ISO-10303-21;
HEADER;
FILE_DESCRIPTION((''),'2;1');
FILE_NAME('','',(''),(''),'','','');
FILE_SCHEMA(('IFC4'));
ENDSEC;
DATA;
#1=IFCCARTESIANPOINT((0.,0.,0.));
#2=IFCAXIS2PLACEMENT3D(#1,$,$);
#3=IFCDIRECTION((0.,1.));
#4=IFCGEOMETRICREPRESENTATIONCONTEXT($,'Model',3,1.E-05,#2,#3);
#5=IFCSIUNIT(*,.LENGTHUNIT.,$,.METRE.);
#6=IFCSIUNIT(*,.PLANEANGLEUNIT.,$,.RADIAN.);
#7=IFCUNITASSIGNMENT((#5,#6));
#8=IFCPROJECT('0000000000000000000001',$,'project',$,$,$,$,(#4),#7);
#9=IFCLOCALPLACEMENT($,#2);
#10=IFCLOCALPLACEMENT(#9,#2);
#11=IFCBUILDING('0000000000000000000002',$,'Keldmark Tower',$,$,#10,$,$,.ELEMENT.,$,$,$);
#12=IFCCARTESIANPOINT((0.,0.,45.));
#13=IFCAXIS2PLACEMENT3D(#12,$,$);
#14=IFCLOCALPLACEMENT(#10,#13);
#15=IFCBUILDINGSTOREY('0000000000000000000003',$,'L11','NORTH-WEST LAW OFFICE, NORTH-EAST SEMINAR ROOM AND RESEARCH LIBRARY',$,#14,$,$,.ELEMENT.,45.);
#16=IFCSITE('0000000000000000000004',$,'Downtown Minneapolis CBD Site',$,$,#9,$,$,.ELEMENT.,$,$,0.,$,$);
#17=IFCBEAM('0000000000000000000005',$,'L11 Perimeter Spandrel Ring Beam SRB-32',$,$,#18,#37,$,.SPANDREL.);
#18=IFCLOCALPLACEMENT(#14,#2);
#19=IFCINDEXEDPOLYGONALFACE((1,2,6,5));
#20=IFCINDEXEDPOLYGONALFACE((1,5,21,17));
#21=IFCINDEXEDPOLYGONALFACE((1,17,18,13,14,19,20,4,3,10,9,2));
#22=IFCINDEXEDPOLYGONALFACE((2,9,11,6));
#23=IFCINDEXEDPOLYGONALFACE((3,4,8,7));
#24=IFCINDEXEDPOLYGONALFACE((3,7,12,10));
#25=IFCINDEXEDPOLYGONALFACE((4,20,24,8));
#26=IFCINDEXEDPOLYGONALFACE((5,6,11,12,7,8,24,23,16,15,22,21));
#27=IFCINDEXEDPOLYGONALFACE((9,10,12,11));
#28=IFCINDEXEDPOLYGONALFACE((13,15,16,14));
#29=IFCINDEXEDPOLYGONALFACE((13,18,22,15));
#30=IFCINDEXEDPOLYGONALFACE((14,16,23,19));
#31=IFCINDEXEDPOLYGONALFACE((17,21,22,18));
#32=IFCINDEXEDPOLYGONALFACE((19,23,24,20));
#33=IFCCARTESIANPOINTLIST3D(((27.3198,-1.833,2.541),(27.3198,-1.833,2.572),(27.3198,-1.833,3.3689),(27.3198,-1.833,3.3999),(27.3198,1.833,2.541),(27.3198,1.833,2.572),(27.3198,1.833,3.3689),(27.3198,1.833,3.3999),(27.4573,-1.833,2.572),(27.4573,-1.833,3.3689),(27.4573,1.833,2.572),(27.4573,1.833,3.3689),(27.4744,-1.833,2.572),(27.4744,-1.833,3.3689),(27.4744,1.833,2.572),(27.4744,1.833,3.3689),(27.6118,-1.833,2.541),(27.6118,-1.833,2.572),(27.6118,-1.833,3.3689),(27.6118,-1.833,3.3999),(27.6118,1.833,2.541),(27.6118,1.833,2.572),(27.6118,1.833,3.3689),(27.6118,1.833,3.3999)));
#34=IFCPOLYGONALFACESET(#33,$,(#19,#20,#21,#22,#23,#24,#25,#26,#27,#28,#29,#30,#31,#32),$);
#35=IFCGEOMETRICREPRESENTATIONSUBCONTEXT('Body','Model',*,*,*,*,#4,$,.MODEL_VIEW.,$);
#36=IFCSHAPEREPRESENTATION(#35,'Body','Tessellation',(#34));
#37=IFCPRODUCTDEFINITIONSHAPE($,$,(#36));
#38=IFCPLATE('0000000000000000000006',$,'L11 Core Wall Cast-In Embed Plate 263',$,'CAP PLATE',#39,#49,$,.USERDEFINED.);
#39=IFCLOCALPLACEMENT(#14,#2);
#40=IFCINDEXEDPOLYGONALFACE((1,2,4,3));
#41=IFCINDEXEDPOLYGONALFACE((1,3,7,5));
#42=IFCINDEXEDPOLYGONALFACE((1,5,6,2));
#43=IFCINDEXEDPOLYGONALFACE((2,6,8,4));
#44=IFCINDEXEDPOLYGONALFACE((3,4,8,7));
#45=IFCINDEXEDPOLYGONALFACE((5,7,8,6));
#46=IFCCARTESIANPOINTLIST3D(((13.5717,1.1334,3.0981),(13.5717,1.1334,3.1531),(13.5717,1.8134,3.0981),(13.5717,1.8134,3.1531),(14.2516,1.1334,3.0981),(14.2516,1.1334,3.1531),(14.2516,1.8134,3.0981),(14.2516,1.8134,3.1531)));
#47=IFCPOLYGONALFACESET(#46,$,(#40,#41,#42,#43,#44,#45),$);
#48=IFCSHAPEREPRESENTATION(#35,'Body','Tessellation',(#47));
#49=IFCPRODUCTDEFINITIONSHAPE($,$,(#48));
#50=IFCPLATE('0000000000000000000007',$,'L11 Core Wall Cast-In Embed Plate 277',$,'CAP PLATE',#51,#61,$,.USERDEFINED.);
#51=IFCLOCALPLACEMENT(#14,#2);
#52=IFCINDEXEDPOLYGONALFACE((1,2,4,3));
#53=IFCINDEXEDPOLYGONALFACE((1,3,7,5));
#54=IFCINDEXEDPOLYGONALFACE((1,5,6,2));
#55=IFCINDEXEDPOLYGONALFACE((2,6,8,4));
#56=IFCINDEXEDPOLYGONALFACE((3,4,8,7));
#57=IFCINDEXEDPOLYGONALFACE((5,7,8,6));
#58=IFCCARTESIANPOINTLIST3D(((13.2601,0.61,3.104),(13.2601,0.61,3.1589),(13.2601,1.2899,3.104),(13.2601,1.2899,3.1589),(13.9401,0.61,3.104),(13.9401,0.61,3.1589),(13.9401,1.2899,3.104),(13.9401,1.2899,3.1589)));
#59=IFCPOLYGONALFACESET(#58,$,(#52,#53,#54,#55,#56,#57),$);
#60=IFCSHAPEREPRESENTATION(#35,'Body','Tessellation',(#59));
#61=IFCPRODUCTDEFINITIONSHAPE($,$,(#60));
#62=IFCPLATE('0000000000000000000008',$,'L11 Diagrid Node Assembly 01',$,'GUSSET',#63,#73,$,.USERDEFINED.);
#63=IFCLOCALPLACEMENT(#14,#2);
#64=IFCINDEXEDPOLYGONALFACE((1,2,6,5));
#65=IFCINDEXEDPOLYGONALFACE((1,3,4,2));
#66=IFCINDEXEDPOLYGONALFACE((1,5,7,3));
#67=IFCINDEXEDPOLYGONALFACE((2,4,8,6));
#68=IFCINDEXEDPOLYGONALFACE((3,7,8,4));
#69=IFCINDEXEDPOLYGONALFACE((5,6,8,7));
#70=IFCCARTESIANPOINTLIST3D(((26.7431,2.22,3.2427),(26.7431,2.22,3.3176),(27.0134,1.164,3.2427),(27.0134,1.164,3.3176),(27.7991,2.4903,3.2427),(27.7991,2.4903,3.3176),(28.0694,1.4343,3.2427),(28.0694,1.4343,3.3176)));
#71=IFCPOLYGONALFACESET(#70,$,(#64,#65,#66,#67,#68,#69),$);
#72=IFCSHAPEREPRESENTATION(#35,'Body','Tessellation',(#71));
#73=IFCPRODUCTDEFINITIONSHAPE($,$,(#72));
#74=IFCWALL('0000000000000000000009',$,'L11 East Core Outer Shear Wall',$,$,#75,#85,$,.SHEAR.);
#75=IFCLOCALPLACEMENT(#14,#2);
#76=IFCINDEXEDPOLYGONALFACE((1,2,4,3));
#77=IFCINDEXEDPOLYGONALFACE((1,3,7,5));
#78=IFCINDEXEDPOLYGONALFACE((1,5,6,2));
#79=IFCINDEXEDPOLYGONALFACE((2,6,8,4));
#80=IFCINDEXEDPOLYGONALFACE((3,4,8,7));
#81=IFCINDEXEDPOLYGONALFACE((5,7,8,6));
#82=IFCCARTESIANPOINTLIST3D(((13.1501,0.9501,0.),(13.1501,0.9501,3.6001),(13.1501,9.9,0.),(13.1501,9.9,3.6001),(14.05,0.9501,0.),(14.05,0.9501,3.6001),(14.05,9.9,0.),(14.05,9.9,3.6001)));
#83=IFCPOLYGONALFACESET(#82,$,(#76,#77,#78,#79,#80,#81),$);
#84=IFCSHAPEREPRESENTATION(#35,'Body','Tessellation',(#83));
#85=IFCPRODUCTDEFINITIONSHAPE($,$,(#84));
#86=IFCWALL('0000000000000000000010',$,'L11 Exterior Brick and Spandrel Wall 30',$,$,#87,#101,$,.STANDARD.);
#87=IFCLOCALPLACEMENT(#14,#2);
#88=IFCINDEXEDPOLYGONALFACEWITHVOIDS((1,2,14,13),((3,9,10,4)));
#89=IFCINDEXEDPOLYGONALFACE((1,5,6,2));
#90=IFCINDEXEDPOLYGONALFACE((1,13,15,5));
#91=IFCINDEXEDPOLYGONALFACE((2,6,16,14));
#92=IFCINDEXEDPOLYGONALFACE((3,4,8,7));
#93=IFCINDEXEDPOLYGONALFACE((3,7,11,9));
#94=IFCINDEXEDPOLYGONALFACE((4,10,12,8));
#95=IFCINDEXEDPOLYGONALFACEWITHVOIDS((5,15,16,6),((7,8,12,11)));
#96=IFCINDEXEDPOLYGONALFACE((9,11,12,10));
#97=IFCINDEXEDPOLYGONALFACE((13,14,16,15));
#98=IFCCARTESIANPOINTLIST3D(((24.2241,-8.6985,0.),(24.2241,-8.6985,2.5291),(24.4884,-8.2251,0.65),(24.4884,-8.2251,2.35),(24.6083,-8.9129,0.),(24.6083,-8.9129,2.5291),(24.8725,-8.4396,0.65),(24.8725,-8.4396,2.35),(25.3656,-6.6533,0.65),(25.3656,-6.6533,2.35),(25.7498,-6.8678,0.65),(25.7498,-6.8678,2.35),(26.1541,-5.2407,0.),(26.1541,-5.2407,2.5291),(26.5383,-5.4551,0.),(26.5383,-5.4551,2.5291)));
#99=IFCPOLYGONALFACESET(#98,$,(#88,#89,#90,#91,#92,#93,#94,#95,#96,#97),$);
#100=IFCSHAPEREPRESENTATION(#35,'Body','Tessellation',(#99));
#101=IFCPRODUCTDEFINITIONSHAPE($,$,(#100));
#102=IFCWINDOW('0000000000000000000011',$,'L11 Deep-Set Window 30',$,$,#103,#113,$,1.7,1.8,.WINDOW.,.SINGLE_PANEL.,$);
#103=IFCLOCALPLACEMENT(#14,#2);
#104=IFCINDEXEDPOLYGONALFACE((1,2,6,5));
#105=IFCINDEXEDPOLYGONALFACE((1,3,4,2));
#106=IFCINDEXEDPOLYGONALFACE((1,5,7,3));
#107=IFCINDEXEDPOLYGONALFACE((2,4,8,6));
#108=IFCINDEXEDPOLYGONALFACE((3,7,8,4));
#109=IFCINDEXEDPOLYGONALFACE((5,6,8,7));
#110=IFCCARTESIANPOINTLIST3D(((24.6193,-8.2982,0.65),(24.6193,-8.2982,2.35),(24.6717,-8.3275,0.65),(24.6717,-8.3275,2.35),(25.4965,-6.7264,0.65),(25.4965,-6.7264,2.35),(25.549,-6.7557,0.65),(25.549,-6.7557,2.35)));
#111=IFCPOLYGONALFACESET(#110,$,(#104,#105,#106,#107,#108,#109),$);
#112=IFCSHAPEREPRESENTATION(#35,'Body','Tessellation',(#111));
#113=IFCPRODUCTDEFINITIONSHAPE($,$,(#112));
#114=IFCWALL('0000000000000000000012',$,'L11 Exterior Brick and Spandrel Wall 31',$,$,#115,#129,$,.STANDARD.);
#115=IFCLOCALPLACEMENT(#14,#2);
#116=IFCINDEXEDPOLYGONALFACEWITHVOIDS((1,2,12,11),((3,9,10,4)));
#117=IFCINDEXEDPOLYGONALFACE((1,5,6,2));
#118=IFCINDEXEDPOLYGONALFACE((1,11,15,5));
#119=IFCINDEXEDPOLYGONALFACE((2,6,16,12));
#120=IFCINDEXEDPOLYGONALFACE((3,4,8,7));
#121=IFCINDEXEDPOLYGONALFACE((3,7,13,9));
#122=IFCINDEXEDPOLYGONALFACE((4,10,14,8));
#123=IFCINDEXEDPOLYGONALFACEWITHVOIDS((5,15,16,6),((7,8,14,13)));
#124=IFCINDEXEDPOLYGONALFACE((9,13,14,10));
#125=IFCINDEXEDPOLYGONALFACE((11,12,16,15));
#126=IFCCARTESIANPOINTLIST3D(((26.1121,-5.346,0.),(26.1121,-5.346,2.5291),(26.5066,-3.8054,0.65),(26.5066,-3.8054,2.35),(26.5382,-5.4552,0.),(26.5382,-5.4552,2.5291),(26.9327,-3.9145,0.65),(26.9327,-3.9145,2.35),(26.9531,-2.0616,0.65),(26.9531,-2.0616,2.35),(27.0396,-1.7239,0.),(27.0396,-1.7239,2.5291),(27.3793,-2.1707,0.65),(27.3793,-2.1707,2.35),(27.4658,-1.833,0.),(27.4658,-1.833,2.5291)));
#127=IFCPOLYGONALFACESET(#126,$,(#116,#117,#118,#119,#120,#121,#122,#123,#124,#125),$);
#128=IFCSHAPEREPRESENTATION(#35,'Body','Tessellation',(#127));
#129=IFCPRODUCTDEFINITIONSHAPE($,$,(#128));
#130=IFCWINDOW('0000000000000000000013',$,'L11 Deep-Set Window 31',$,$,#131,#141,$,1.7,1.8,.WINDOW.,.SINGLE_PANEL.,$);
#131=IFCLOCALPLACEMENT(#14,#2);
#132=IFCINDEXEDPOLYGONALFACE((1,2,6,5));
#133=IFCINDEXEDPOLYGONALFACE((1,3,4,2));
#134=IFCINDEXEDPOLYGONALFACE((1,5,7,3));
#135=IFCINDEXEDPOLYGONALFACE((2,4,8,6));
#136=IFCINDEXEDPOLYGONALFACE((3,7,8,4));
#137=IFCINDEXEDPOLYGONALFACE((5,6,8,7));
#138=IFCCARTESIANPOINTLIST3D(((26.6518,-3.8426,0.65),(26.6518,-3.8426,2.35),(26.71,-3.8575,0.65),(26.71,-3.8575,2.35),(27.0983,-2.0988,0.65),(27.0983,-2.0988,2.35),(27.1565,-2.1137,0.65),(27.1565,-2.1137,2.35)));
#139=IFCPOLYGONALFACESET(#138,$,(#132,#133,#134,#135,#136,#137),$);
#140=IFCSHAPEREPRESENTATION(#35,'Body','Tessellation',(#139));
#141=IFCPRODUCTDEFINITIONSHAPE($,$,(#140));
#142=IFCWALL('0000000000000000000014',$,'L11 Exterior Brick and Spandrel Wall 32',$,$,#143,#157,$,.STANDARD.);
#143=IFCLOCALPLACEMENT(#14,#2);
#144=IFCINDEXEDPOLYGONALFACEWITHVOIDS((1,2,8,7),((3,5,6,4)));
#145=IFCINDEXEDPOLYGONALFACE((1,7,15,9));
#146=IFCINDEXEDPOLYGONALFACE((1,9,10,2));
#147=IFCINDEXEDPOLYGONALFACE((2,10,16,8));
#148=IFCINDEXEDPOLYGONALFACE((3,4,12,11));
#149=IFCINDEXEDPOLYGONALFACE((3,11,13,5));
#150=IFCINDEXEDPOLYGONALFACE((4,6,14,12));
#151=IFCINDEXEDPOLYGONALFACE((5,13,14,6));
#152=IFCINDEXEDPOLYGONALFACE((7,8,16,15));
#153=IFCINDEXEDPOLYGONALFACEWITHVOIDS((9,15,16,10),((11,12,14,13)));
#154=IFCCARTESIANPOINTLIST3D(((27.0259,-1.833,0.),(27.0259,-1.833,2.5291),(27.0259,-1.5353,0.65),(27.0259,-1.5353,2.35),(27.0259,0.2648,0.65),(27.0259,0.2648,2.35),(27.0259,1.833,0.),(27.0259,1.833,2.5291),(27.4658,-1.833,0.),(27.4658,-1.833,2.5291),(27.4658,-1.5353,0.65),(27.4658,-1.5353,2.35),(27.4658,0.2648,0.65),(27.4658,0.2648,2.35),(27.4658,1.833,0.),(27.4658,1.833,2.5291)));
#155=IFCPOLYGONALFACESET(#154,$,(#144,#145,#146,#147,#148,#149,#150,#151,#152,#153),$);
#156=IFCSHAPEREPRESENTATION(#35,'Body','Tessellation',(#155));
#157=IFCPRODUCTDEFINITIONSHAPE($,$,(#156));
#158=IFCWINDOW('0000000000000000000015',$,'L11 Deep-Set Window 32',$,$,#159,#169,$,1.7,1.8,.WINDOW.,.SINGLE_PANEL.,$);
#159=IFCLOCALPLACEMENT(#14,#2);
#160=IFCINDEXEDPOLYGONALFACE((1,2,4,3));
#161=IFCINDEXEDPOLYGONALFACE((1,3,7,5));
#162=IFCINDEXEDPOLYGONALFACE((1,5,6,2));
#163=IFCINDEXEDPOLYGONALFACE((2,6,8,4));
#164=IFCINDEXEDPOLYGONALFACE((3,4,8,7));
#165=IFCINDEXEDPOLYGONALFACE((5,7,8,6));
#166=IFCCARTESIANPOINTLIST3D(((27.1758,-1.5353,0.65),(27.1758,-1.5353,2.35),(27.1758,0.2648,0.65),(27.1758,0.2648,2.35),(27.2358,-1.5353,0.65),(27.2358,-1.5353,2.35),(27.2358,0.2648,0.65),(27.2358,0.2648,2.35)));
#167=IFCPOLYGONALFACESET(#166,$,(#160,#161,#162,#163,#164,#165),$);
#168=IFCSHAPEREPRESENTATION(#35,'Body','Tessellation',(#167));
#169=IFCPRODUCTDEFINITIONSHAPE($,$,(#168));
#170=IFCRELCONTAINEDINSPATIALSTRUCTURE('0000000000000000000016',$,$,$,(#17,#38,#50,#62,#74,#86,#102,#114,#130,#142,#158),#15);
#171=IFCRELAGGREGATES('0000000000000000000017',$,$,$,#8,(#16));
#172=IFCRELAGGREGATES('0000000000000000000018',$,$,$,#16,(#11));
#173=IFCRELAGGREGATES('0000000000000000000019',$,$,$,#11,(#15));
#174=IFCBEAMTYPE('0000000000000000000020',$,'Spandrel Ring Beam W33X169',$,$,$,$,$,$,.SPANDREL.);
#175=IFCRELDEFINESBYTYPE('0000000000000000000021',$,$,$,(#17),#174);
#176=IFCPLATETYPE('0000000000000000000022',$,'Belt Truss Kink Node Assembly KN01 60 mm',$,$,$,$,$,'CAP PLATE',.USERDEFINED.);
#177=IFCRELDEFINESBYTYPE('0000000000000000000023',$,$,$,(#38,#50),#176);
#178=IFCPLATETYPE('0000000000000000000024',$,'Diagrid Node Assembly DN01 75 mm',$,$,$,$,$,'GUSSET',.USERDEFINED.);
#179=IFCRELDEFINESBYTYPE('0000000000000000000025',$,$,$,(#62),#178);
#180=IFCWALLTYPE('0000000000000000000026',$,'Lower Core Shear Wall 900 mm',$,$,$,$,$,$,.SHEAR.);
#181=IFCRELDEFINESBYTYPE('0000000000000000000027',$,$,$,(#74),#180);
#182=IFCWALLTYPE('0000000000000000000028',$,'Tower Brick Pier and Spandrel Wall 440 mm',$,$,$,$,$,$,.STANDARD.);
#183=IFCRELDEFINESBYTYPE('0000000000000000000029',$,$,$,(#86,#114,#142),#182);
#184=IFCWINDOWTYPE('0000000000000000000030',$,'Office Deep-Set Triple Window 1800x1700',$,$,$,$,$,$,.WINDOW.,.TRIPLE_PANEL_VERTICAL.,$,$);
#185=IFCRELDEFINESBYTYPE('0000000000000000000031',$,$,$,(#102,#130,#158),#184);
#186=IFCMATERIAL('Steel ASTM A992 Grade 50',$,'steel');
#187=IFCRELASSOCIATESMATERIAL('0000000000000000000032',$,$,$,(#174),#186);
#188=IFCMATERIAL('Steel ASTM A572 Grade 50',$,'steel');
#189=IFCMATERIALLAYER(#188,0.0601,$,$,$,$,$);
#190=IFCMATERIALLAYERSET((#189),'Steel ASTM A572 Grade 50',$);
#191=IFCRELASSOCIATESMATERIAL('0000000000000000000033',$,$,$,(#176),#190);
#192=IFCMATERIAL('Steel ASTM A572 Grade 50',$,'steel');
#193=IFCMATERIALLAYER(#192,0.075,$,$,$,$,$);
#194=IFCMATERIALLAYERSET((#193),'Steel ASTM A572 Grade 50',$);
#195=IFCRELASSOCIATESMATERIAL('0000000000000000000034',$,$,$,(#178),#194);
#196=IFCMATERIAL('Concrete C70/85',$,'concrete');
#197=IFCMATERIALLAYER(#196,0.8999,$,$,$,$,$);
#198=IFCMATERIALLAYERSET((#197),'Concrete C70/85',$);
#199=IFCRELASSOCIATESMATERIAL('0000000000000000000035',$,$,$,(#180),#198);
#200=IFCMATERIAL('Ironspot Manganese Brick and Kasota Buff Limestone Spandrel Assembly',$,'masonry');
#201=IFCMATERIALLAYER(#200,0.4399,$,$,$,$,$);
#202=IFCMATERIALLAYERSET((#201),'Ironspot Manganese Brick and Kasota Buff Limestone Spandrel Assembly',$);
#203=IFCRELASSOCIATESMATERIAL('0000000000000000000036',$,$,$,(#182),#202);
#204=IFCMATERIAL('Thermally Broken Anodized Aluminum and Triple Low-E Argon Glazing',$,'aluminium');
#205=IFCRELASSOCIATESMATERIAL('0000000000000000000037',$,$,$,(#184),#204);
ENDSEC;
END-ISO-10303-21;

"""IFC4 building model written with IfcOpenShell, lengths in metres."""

from ifc_helpers import new_model, si_unit, direction, frame, frame_2d, origin, origin_2d, place, context, subcontext, project, spatial, rectangle, i_section, extrude, material, layer, layer_set, material_profile, profile_set, type_object, element, fill, save


model = new_model("IFC4")

# Units and contexts
model_context = context("Model", 3, precision=1e-05, world=origin(), true_north=direction((0.0, 1.0)))
body_context = subcontext(model_context, "Body", "Model", "MODEL_VIEW")
ifc_project = project(units=[si_unit("LENGTHUNIT", "METRE"), si_unit("PLANEANGLEUNIT", "RADIAN")], contexts=[model_context])

# Site, building, storey
site_placement = place(None, origin())
site = spatial("IfcSite", under=ifc_project, at=site_placement, Name="Downtown Minneapolis CBD Site", CompositionType="ELEMENT", RefElevation=0.0)
building_placement = place(site_placement, origin())
building = spatial("IfcBuilding", under=site, at=building_placement, Name="Keldmark Tower", CompositionType="ELEMENT")
storey_placement = place(building_placement, frame((0.0, 0.0, 45.0)))
storey = spatial("IfcBuildingStorey", under=building, at=storey_placement, Name="L11", Description="NORTH-WEST LAW OFFICE, NORTH-EAST SEMINAR ROOM AND RESEARCH LIBRARY", CompositionType="ELEMENT", Elevation=45.0)

# Beam
ifc_material_1 = material(Name="Steel ASTM A992 Grade 50", Category="steel")
ifc_material_profile_1 = material_profile(ifc_material_1, i_section(OverallWidth=0.292, OverallDepth=0.8589, WebThickness=0.0171, FlangeThickness=0.031, at=origin_2d()), Name="W33X169")
ifc_profile_set_1 = profile_set([ifc_material_profile_1], Name="Steel ASTM A992 Grade 50")
beam_type_1 = type_object("IfcBeamType", Name="Spandrel Ring Beam W33X169", PredefinedType="SPANDREL", material=ifc_profile_set_1)
beam_1_placement = place(storey_placement, frame((27.4658, -1.833, 2.9705), z_axis=(0.0, 1.0, 0.0), x_axis=(-1.0, 0.0, 0.0)))
element("IfcBeam", 1, at=beam_1_placement, inside=storey, type_object=beam_type_1, Name="L11 Perimeter Spandrel Ring Beam SRB-32", PredefinedType="SPANDREL", context=body_context, shape_type="SweptSolid", body=[
    extrude(i_section(OverallWidth=0.292, OverallDepth=0.8589, WebThickness=0.0171, FlangeThickness=0.031, at=origin_2d()), origin(), (0.0, 0.0, 1.0), 3.666),
])

# Plates
ifc_material_2 = material(Name="Steel ASTM A572 Grade 50", Category="steel")
ifc_layer_1 = layer(ifc_material_2, 0.0601)
ifc_layer_set_1 = layer_set([ifc_layer_1], Name="Steel ASTM A572 Grade 50")
plate_type_1 = type_object("IfcPlateType", Name="Belt Truss Kink Node Assembly KN01 60 mm", ElementType="CAP PLATE", PredefinedType="USERDEFINED", material=ifc_layer_set_1)
for number, where, z_axis, x_axis, name in (
    (2, (13.9116, 1.4734, 3.0981), (0.0, 0.0, 1.0), (1.0, 0.0, 0.0), "L11 Core Wall Cast-In Embed Plate 263"),
    (3, (13.6001, 0.95, 3.104), (0.0, 0.0, 1.0), (1.0, 0.0, 0.0), "L11 Core Wall Cast-In Embed Plate 277"),
):
    element("IfcPlate", number, at=place(storey_placement, frame(where, z_axis=z_axis, x_axis=x_axis)), inside=storey, type_object=plate_type_1, Name=name, ObjectType="CAP PLATE", PredefinedType="USERDEFINED", context=body_context, shape_type="SweptSolid", body=[
        extrude(rectangle(XDim=0.6799, YDim=0.6799, at=origin_2d()), origin(), (0.0, 0.0, 1.0), 0.0549),
    ])
ifc_material_3 = material(Name="Steel ASTM A572 Grade 50", Category="steel")
ifc_layer_2 = layer(ifc_material_3, 0.075)
ifc_layer_set_2 = layer_set([ifc_layer_2], Name="Steel ASTM A572 Grade 50")
plate_type_2 = type_object("IfcPlateType", Name="Diagrid Node Assembly DN01 75 mm", ElementType="GUSSET", PredefinedType="USERDEFINED", material=ifc_layer_set_2)
plate_placement = place(storey_placement, frame((27.4062, 1.8271, 3.2427), z_axis=(0.0, 0.0, 1.0), x_axis=(-0.248014, 0.968757, 0.0)))
element("IfcPlate", 4, at=plate_placement, inside=storey, type_object=plate_type_2, Name="L11 Diagrid Node Assembly 01", ObjectType="GUSSET", PredefinedType="USERDEFINED", context=body_context, shape_type="SweptSolid", body=[
    extrude(rectangle(XDim=1.0901, YDim=1.0901, at=origin_2d()), origin(), (0.0, 0.0, 1.0), 0.075),
])

# Wall
ifc_material_4 = material(Name="Concrete C70/85", Category="concrete")
ifc_layer_3 = layer(ifc_material_4, 0.8999)
ifc_layer_set_3 = layer_set([ifc_layer_3], Name="Concrete C70/85")
wall_type_1 = type_object("IfcWallType", Name="Lower Core Shear Wall 900 mm", PredefinedType="SHEAR", material=ifc_layer_set_3)
wall_1_placement = place(storey_placement, frame((13.6001, 0.95, 0.0), z_axis=(0.0, 0.0, 1.0), x_axis=(0.0, 1.0, 0.0)))
element("IfcWall", 5, at=wall_1_placement, inside=storey, type_object=wall_type_1, Name="L11 East Core Outer Shear Wall", PredefinedType="SHEAR", context=body_context, shape_type="SweptSolid", body=[
    extrude(rectangle(XDim=8.95, YDim=0.8999, at=frame_2d((4.4751, 0.0))), origin(), (0.0, 0.0, 1.0), 3.6001),
])

# Walls, openings, windows
ifc_material_5 = material(Name="Ironspot Manganese Brick and Kasota Buff Limestone Spandrel Assembly", Category="masonry")
ifc_layer_4 = layer(ifc_material_5, 0.4399)
ifc_layer_set_4 = layer_set([ifc_layer_4], Name="Ironspot Manganese Brick and Kasota Buff Limestone Spandrel Assembly")
wall_type_2 = type_object("IfcWallType", Name="Tower Brick Pier and Spandrel Wall 440 mm", PredefinedType="STANDARD", material=ifc_layer_set_4)
wall_2_placement = place(storey_placement, frame((26.3462, -5.3479, 0.0), z_axis=(0.0, 0.0, 1.0), x_axis=(-0.487369, -0.873196, 0.0)))
wall_2 = element("IfcWall", 6, at=wall_2_placement, inside=storey, type_object=wall_type_2, Name="L11 Exterior Brick and Spandrel Wall 30", PredefinedType="STANDARD", context=body_context, shape_type="SweptSolid", body=[
    extrude(rectangle(XDim=3.96, YDim=0.4399, at=frame_2d((1.98, 0.0))), origin(), (0.0, 0.0, 1.0), 2.5291),
])
opening_1_placement = place(wall_2_placement, frame((1.6179, 0.0, 0.6499)))
opening_1 = element("IfcOpeningElement", 7, at=opening_1_placement, cuts=wall_2, PredefinedType="OPENING", context=body_context, shape_type="SweptSolid", body=[
    extrude(rectangle(XDim=1.8, YDim=1.7, at=frame_2d((0.8999, 0.8501))), frame((0.0, 0.23, 0.0), z_axis=(0.0, -1.0, 0.0), x_axis=(1.0, 0.0, 0.0)), (0.0, 0.0, 1.0), 0.46),
])
ifc_material_6 = material(Name="Thermally Broken Anodized Aluminum and Triple Low-E Argon Glazing", Category="aluminium")
window_type = type_object("IfcWindowType", Name="Office Deep-Set Triple Window 1800x1700", PartitioningType="TRIPLE_PANEL_VERTICAL", PredefinedType="WINDOW", material=ifc_material_6)
window_1_placement = place(opening_1_placement, origin())
window_1 = element("IfcWindow", 8, at=window_1_placement, inside=storey, type_object=window_type, Name="L11 Deep-Set Window 30", OverallHeight=1.7, OverallWidth=1.8, PartitioningType="SINGLE_PANEL", PredefinedType="WINDOW", context=body_context, shape_type="SweptSolid", body=[
    extrude(rectangle(XDim=1.8, YDim=1.7, at=frame_2d((0.8999, 0.8501))), frame((0.0, -0.01, 0.0), z_axis=(0.0, -1.0, 0.0), x_axis=(1.0, 0.0, 0.0)), (0.0, 0.0, 1.0), 0.0601),
])
fill(opening_1, window_1)
wall_3_placement = place(storey_placement, frame((27.2527, -1.7783, 0.0), z_axis=(0.0, 0.0, 1.0), x_axis=(-0.248063, -0.968744, 0.0)))
wall_3 = element("IfcWall", 9, at=wall_3_placement, inside=storey, type_object=wall_type_2, Name="L11 Exterior Brick and Spandrel Wall 31", PredefinedType="STANDARD", context=body_context, shape_type="SweptSolid", body=[
    extrude(rectangle(XDim=3.739, YDim=0.4399, at=frame_2d((1.8696, 0.0))), origin(), (0.0, 0.0, 1.0), 2.5291),
])
opening_2_placement = place(wall_3_placement, frame((0.3489, 0.0, 0.6499)))
opening_2 = element("IfcOpeningElement", 10, at=opening_2_placement, cuts=wall_3, PredefinedType="OPENING", context=body_context, shape_type="SweptSolid", body=[
    extrude(rectangle(XDim=1.8, YDim=1.7, at=frame_2d((0.8999, 0.8501))), frame((0.0, 0.23, 0.0), z_axis=(0.0, -1.0, 0.0), x_axis=(1.0, 0.0, 0.0)), (0.0, 0.0, 1.0), 0.46),
])
window_2_placement = place(opening_2_placement, origin())
window_2 = element("IfcWindow", 11, at=window_2_placement, inside=storey, type_object=window_type, Name="L11 Deep-Set Window 31", OverallHeight=1.7, OverallWidth=1.8, PartitioningType="SINGLE_PANEL", PredefinedType="WINDOW", context=body_context, shape_type="SweptSolid", body=[
    extrude(rectangle(XDim=1.8, YDim=1.7, at=frame_2d((0.8999, 0.8501))), frame((0.0, -0.01, 0.0), z_axis=(0.0, -1.0, 0.0), x_axis=(1.0, 0.0, 0.0)), (0.0, 0.0, 1.0), 0.0601),
])
fill(opening_2, window_2)
wall_4_placement = place(storey_placement, frame((27.2458, 1.833, 0.0), z_axis=(0.0, 0.0, 1.0), x_axis=(0.0, -1.0, 0.0)))
wall_4 = element("IfcWall", 12, at=wall_4_placement, inside=storey, type_object=wall_type_2, Name="L11 Exterior Brick and Spandrel Wall 32", PredefinedType="STANDARD", context=body_context, shape_type="SweptSolid", body=[
    extrude(rectangle(XDim=3.666, YDim=0.4399, at=frame_2d((1.833, 0.0))), origin(), (0.0, 0.0, 1.0), 2.5291),
])
opening_3_placement = place(wall_4_placement, frame((1.5684, 0.0, 0.6499)))
opening_3 = element("IfcOpeningElement", 13, at=opening_3_placement, cuts=wall_4, PredefinedType="OPENING", context=body_context, shape_type="SweptSolid", body=[
    extrude(rectangle(XDim=1.8, YDim=1.7, at=frame_2d((0.8999, 0.8501))), frame((0.0, 0.23, 0.0), z_axis=(0.0, -1.0, 0.0), x_axis=(1.0, 0.0, 0.0)), (0.0, 0.0, 1.0), 0.46),
])
window_3_placement = place(opening_3_placement, origin())
window_3 = element("IfcWindow", 14, at=window_3_placement, inside=storey, type_object=window_type, Name="L11 Deep-Set Window 32", OverallHeight=1.7, OverallWidth=1.8, PartitioningType="SINGLE_PANEL", PredefinedType="WINDOW", context=body_context, shape_type="SweptSolid", body=[
    extrude(rectangle(XDim=1.8, YDim=1.7, at=frame_2d((0.8999, 0.8501))), frame((0.0, -0.01, 0.0), z_axis=(0.0, -1.0, 0.0), x_axis=(1.0, 0.0, 0.0)), (0.0, 0.0, 1.0), 0.0601),
])
fill(opening_3, window_3)

save(model, "model.ifc")
